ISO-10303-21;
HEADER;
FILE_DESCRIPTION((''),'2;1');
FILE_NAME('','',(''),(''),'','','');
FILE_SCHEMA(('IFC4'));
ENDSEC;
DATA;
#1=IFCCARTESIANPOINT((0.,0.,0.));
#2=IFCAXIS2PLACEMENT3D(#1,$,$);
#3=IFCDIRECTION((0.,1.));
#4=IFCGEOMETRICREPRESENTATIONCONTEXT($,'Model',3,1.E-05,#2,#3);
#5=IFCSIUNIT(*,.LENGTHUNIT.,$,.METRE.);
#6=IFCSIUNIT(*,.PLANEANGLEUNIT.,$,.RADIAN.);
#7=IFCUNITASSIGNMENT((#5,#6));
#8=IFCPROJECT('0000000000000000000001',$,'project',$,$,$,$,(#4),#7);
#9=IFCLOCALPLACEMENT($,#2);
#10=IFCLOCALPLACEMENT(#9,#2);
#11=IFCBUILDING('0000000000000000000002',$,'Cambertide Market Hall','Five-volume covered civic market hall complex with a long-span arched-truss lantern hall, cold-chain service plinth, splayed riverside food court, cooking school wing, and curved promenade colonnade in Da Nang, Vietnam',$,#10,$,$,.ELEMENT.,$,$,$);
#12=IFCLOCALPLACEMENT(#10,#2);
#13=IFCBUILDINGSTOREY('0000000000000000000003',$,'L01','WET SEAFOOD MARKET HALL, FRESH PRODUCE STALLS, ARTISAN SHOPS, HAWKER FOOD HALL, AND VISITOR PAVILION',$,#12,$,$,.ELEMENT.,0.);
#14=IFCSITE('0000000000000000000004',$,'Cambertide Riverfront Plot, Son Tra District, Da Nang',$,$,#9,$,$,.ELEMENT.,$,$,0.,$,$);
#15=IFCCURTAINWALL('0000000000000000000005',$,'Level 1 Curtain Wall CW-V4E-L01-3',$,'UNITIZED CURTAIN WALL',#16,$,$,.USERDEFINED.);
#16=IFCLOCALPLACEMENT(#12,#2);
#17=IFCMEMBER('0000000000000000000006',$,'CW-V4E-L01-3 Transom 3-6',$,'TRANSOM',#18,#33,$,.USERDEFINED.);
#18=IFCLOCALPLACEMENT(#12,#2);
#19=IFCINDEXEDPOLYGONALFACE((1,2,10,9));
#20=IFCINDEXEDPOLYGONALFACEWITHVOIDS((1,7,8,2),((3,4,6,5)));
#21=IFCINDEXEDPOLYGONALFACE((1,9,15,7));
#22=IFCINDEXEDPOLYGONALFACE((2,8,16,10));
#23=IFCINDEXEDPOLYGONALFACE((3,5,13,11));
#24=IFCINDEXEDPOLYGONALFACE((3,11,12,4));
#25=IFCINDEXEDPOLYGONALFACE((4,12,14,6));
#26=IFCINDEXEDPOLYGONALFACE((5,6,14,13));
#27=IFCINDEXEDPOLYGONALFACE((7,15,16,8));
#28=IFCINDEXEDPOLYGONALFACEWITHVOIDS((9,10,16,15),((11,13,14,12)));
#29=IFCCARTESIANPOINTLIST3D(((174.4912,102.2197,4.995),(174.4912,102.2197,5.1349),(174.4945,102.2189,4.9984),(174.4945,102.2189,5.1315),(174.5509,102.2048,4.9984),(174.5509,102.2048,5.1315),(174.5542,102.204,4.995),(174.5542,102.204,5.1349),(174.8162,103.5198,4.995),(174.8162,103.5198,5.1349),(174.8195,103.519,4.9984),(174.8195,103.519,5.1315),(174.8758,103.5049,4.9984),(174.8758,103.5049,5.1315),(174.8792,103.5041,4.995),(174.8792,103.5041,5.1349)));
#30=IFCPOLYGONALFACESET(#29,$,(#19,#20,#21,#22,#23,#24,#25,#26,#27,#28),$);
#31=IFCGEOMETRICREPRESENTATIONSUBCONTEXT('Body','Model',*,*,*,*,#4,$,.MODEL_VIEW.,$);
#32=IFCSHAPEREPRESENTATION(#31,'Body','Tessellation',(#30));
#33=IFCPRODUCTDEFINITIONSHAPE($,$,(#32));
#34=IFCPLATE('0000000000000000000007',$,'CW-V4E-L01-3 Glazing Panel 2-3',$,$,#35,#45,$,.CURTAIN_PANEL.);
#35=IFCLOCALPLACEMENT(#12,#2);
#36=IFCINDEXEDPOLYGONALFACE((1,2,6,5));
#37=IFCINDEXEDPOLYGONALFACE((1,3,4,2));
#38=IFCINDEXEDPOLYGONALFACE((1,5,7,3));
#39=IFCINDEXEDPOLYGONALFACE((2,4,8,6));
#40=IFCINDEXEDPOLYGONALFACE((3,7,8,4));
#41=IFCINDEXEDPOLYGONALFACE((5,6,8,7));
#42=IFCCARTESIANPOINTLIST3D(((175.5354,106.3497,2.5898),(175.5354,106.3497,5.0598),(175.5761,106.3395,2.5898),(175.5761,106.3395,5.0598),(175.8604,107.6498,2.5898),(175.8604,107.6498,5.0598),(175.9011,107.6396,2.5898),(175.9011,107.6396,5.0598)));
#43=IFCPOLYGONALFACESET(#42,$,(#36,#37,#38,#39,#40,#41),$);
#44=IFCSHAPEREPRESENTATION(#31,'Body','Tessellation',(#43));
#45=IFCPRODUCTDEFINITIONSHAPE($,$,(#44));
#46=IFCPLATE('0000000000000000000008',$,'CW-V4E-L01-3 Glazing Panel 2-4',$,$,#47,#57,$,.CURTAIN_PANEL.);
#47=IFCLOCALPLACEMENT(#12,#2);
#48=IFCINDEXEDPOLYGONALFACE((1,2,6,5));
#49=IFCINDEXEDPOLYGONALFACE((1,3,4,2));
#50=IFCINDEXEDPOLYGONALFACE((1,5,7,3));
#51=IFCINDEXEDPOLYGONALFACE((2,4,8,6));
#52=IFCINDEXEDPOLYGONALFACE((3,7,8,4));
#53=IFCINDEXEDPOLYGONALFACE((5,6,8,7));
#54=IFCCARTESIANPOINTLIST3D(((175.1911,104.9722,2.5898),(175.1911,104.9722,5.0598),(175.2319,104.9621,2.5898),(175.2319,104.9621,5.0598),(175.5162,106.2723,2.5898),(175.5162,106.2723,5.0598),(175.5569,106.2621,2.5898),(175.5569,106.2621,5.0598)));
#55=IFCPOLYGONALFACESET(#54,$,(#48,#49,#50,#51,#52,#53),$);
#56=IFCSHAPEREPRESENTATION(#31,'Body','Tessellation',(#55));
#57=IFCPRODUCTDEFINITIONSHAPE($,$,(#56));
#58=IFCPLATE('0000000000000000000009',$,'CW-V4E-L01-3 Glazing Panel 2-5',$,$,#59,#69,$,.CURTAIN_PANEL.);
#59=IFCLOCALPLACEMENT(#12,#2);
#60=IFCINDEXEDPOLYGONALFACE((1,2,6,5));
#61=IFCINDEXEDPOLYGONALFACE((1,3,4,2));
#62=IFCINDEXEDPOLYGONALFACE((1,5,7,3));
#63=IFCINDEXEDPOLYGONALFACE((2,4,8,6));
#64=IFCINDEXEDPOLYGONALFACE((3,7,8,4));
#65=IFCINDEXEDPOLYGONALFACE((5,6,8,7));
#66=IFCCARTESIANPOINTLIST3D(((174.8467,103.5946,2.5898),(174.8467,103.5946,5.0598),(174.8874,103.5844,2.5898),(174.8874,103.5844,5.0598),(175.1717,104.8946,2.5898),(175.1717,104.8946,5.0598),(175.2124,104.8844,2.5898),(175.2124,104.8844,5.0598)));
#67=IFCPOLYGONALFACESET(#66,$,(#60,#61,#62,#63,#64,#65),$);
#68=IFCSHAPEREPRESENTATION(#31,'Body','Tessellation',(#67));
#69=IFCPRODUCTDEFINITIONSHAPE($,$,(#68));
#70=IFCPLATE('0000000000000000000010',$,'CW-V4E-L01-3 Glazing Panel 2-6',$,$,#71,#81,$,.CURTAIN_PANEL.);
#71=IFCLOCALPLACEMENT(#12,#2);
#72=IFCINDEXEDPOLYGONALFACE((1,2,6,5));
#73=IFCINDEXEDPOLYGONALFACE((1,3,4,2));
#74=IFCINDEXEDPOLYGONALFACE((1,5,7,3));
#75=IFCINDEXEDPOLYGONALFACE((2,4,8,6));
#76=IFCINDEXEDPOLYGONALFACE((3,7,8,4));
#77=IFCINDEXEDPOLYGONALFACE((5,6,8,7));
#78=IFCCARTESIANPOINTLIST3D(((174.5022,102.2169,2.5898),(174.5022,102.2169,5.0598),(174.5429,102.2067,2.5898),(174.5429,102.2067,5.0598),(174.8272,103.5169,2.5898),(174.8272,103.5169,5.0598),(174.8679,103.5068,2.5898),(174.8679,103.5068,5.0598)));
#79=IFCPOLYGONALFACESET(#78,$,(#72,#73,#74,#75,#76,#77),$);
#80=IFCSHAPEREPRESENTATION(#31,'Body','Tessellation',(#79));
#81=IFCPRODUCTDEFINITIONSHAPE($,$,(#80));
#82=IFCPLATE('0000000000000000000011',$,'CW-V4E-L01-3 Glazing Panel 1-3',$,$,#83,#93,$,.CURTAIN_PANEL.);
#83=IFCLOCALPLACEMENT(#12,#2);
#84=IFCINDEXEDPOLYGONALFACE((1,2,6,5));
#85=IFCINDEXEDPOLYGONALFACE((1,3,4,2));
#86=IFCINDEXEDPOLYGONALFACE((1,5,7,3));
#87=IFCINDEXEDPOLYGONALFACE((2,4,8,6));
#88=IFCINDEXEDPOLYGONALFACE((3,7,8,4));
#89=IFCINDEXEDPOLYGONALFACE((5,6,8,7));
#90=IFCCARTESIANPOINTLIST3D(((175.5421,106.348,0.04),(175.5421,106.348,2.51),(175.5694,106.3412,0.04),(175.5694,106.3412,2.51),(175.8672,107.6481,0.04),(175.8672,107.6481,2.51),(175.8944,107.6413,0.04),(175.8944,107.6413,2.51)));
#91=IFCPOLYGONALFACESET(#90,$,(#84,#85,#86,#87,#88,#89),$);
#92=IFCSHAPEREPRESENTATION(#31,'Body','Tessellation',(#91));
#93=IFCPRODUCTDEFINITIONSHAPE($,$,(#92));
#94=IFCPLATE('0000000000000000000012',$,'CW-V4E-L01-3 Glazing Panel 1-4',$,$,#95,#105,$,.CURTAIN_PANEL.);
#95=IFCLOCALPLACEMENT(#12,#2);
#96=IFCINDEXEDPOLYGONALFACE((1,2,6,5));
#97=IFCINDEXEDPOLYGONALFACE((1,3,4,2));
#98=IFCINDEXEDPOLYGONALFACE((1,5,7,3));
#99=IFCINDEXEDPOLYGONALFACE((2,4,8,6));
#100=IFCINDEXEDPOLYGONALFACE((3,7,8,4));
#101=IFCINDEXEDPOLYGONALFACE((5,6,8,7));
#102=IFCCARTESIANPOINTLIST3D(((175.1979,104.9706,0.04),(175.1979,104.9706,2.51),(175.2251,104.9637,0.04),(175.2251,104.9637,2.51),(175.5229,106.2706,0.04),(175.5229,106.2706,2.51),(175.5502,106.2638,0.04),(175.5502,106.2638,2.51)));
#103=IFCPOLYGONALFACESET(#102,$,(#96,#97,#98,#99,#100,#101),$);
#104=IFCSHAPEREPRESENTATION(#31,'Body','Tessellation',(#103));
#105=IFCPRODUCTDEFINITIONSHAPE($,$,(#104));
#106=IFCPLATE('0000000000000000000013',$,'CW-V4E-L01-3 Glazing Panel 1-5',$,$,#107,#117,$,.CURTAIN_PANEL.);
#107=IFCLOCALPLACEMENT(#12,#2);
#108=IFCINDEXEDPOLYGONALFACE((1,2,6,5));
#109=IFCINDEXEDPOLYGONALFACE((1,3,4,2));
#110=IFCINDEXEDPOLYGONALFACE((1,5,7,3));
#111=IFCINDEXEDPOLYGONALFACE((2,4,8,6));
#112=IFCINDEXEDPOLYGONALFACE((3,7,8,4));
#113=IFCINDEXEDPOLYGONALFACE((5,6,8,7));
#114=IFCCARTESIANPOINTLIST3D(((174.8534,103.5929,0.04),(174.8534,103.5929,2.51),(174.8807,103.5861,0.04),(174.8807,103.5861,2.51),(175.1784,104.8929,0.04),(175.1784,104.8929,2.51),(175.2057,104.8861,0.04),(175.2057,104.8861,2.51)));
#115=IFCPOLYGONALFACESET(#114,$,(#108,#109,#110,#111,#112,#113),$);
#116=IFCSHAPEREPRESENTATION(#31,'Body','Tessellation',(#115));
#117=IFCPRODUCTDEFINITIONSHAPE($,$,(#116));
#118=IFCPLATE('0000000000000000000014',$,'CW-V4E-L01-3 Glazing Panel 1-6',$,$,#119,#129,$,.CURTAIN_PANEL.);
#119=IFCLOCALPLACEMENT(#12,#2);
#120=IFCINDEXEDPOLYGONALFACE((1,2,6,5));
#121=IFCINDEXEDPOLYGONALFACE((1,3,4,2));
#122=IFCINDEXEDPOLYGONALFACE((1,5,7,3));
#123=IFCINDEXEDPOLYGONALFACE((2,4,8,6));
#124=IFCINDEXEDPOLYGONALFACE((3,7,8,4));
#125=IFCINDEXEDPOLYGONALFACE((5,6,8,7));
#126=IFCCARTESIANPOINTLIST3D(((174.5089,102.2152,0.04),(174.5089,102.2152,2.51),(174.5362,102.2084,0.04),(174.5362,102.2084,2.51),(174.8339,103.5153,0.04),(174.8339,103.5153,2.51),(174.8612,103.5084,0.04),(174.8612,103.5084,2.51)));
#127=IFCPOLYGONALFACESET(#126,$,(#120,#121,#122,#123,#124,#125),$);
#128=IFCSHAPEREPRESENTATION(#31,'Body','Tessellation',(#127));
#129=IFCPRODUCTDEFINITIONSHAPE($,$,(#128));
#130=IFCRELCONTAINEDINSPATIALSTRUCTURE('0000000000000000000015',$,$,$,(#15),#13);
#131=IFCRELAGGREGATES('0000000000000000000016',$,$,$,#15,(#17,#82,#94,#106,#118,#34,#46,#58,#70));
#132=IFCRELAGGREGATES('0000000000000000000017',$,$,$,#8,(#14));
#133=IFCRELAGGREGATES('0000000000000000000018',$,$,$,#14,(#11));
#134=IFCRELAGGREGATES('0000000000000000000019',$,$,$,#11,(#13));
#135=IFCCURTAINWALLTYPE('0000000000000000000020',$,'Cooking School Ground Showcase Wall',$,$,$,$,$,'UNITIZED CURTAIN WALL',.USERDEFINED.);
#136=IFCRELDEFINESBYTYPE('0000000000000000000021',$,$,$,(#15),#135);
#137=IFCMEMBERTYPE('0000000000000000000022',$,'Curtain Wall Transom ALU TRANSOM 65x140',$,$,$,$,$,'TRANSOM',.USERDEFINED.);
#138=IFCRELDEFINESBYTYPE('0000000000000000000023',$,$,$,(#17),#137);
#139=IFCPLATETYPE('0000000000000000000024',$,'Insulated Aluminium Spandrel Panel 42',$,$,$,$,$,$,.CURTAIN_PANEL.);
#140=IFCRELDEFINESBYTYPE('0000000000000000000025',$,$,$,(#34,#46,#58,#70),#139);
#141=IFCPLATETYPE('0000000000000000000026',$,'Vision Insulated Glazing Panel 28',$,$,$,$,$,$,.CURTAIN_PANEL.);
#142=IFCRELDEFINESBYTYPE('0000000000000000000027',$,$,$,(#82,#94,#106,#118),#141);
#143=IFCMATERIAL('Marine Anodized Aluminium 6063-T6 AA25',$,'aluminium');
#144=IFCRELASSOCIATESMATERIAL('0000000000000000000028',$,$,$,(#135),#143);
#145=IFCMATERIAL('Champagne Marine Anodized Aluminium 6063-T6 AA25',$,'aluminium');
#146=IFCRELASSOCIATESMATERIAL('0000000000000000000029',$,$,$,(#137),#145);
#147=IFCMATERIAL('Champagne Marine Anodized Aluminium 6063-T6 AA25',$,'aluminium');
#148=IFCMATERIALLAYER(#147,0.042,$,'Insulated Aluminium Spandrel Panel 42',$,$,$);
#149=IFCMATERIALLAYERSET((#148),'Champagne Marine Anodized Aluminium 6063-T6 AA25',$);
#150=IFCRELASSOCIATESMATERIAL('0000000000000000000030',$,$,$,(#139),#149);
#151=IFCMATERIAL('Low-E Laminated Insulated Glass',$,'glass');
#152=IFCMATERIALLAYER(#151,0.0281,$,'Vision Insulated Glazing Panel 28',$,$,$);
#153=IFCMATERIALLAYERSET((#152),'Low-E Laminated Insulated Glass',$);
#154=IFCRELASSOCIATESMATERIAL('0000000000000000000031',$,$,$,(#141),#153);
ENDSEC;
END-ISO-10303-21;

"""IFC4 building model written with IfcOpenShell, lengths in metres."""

from ifc_helpers import new_model, si_unit, direction, frame, origin, origin_2d, place, context, subcontext, project, spatial, rectangle, hollow_rectangle, extrude, material, layer, layer_set, material_profile, profile_set, type_object, element, aggregate, save


model = new_model("IFC4")

# Units and contexts
model_context = context("Model", 3, precision=1e-05, world=origin(), true_north=direction((0.0, 1.0)))
body_context = subcontext(model_context, "Body", "Model", "MODEL_VIEW")
ifc_project = project(units=[si_unit("LENGTHUNIT", "METRE"), si_unit("PLANEANGLEUNIT", "RADIAN")], contexts=[model_context])

# Site, building, storey
site_placement = place(None, origin())
site = spatial("IfcSite", under=ifc_project, at=site_placement, Name="Cambertide Riverfront Plot, Son Tra District, Da Nang", CompositionType="ELEMENT", RefElevation=0.0)
building_placement = place(site_placement, origin())
building = spatial("IfcBuilding", under=site, at=building_placement, Name="Cambertide Market Hall", Description="Five-volume covered civic market hall complex with a long-span arched-truss lantern hall, cold-chain service plinth, splayed riverside food court, cooking school wing, and curved promenade colonnade in Da Nang, Vietnam", CompositionType="ELEMENT")
storey_placement = place(building_placement, origin())
storey = spatial("IfcBuildingStorey", under=building, at=storey_placement, Name="L01", Description="WET SEAFOOD MARKET HALL, FRESH PRODUCE STALLS, ARTISAN SHOPS, HAWKER FOOD HALL, AND VISITOR PAVILION", CompositionType="ELEMENT", Elevation=0.0)

# Curtain wall, member, plates
ifc_material_1 = material(Name="Marine Anodized Aluminium 6063-T6 AA25", Category="aluminium")
curtain_wall_type = type_object("IfcCurtainWallType", Name="Cooking School Ground Showcase Wall", ElementType="UNITIZED CURTAIN WALL", PredefinedType="USERDEFINED", material=ifc_material_1)
curtain_wall_placement = place(storey_placement, origin())
curtain_wall = element("IfcCurtainWall", 1, at=curtain_wall_placement, inside=storey, type_object=curtain_wall_type, Name="Level 1 Curtain Wall CW-V4E-L01-3", ObjectType="UNITIZED CURTAIN WALL", PredefinedType="USERDEFINED")
ifc_material_2 = material(Name="Champagne Marine Anodized Aluminium 6063-T6 AA25", Category="aluminium")
ifc_material_profile_1 = material_profile(ifc_material_2, hollow_rectangle(XDim=0.0649, YDim=0.1399, WallThickness=0.0034, at=origin_2d()), Name="ALU TRANSOM 65x140")
ifc_profile_set_1 = profile_set([ifc_material_profile_1], Name="Champagne Marine Anodized Aluminium 6063-T6 AA25")
member_type_1 = type_object("IfcMemberType", Name="Curtain Wall Transom ALU TRANSOM 65x140", ElementType="TRANSOM", PredefinedType="USERDEFINED", material=ifc_profile_set_1)
member_1_placement = place(storey_placement, frame((174.8477, 103.512, 5.0649), z_axis=(-0.242493, -0.970153, 0.0), x_axis=(0.970153, -0.242493, 0.0)))
member_1 = element("IfcMember", 2, at=member_1_placement, type_object=member_type_1, Name="CW-V4E-L01-3 Transom 3-6", ObjectType="TRANSOM", PredefinedType="USERDEFINED", context=body_context, shape_type="SweptSolid", body=[
    extrude(hollow_rectangle(XDim=0.0649, YDim=0.1399, WallThickness=0.0034, at=origin_2d()), origin(), (0.0, 0.0, 1.0), 1.3401),
])
ifc_material_3 = material(Name="Champagne Marine Anodized Aluminium 6063-T6 AA25", Category="aluminium")
ifc_layer_1 = layer(ifc_material_3, 0.042, Name="Insulated Aluminium Spandrel Panel 42")
ifc_layer_set_1 = layer_set([ifc_layer_1], Name="Champagne Marine Anodized Aluminium 6063-T6 AA25")
plate_type_1 = type_object("IfcPlateType", Name="Insulated Aluminium Spandrel Panel 42", PredefinedType="CURTAIN_PANEL", material=ifc_layer_set_1)
plate_1_placement = place(storey_placement, frame((175.7183, 106.9946, 2.5898), z_axis=(0.0, 0.0, 1.0), x_axis=(-0.242536, -0.970143, 0.0)))
plate_1 = element("IfcPlate", 3, at=plate_1_placement, type_object=plate_type_1, Name="CW-V4E-L01-3 Glazing Panel 2-3", PredefinedType="CURTAIN_PANEL", context=body_context, shape_type="SweptSolid", body=[
    extrude(rectangle(XDim=1.3401, YDim=0.042, at=origin_2d()), origin(), (0.0, 0.0, 1.0), 2.47),
])
plate_2_placement = place(storey_placement, frame((175.374, 105.6172, 2.5898), z_axis=(0.0, 0.0, 1.0), x_axis=(-0.242536, -0.970143, 0.0)))
plate_2 = element("IfcPlate", 4, at=plate_2_placement, type_object=plate_type_1, Name="CW-V4E-L01-3 Glazing Panel 2-4", PredefinedType="CURTAIN_PANEL", context=body_context, shape_type="SweptSolid", body=[
    extrude(rectangle(XDim=1.3401, YDim=0.042, at=origin_2d()), origin(), (0.0, 0.0, 1.0), 2.47),
])
plate_3_placement = place(storey_placement, frame((175.0295, 104.2395, 2.5898), z_axis=(0.0, 0.0, 1.0), x_axis=(-0.242536, -0.970143, 0.0)))
plate_3 = element("IfcPlate", 5, at=plate_3_placement, type_object=plate_type_1, Name="CW-V4E-L01-3 Glazing Panel 2-5", PredefinedType="CURTAIN_PANEL", context=body_context, shape_type="SweptSolid", body=[
    extrude(rectangle(XDim=1.3401, YDim=0.042, at=origin_2d()), origin(), (0.0, 0.0, 1.0), 2.47),
])
plate_4_placement = place(storey_placement, frame((174.6851, 102.8618, 2.5898), z_axis=(0.0, 0.0, 1.0), x_axis=(-0.242536, -0.970143, 0.0)))
plate_4 = element("IfcPlate", 6, at=plate_4_placement, type_object=plate_type_1, Name="CW-V4E-L01-3 Glazing Panel 2-6", PredefinedType="CURTAIN_PANEL", context=body_context, shape_type="SweptSolid", body=[
    extrude(rectangle(XDim=1.3401, YDim=0.042, at=origin_2d()), origin(), (0.0, 0.0, 1.0), 2.47),
])
ifc_material_4 = material(Name="Low-E Laminated Insulated Glass", Category="glass")
ifc_layer_2 = layer(ifc_material_4, 0.0281, Name="Vision Insulated Glazing Panel 28")
ifc_layer_set_2 = layer_set([ifc_layer_2], Name="Low-E Laminated Insulated Glass")
plate_type_2 = type_object("IfcPlateType", Name="Vision Insulated Glazing Panel 28", PredefinedType="CURTAIN_PANEL", material=ifc_layer_set_2)
plate_5_placement = place(storey_placement, frame((175.7183, 106.9946, 0.04), z_axis=(0.0, 0.0, 1.0), x_axis=(-0.242536, -0.970143, 0.0)))
plate_5 = element("IfcPlate", 7, at=plate_5_placement, type_object=plate_type_2, Name="CW-V4E-L01-3 Glazing Panel 1-3", PredefinedType="CURTAIN_PANEL", context=body_context, shape_type="SweptSolid", body=[
    extrude(rectangle(XDim=1.3401, YDim=0.0281, at=origin_2d()), origin(), (0.0, 0.0, 1.0), 2.47),
])
plate_6_placement = place(storey_placement, frame((175.374, 105.6172, 0.04), z_axis=(0.0, 0.0, 1.0), x_axis=(-0.242536, -0.970143, 0.0)))
plate_6 = element("IfcPlate", 8, at=plate_6_placement, type_object=plate_type_2, Name="CW-V4E-L01-3 Glazing Panel 1-4", PredefinedType="CURTAIN_PANEL", context=body_context, shape_type="SweptSolid", body=[
    extrude(rectangle(XDim=1.3401, YDim=0.0281, at=origin_2d()), origin(), (0.0, 0.0, 1.0), 2.47),
])
plate_7_placement = place(storey_placement, frame((175.0295, 104.2395, 0.04), z_axis=(0.0, 0.0, 1.0), x_axis=(-0.242536, -0.970143, 0.0)))
plate_7 = element("IfcPlate", 9, at=plate_7_placement, type_object=plate_type_2, Name="CW-V4E-L01-3 Glazing Panel 1-5", PredefinedType="CURTAIN_PANEL", context=body_context, shape_type="SweptSolid", body=[
    extrude(rectangle(XDim=1.3401, YDim=0.0281, at=origin_2d()), origin(), (0.0, 0.0, 1.0), 2.47),
])
plate_8_placement = place(storey_placement, frame((174.6851, 102.8618, 0.04), z_axis=(0.0, 0.0, 1.0), x_axis=(-0.242536, -0.970143, 0.0)))
plate_8 = element("IfcPlate", 10, at=plate_8_placement, type_object=plate_type_2, Name="CW-V4E-L01-3 Glazing Panel 1-6", PredefinedType="CURTAIN_PANEL", context=body_context, shape_type="SweptSolid", body=[
    extrude(rectangle(XDim=1.3401, YDim=0.0281, at=origin_2d()), origin(), (0.0, 0.0, 1.0), 2.47),
])
aggregate(curtain_wall, [member_1, plate_5, plate_6, plate_7, plate_8, plate_1, plate_2, plate_3, plate_4])

save(model, "model.ifc")
